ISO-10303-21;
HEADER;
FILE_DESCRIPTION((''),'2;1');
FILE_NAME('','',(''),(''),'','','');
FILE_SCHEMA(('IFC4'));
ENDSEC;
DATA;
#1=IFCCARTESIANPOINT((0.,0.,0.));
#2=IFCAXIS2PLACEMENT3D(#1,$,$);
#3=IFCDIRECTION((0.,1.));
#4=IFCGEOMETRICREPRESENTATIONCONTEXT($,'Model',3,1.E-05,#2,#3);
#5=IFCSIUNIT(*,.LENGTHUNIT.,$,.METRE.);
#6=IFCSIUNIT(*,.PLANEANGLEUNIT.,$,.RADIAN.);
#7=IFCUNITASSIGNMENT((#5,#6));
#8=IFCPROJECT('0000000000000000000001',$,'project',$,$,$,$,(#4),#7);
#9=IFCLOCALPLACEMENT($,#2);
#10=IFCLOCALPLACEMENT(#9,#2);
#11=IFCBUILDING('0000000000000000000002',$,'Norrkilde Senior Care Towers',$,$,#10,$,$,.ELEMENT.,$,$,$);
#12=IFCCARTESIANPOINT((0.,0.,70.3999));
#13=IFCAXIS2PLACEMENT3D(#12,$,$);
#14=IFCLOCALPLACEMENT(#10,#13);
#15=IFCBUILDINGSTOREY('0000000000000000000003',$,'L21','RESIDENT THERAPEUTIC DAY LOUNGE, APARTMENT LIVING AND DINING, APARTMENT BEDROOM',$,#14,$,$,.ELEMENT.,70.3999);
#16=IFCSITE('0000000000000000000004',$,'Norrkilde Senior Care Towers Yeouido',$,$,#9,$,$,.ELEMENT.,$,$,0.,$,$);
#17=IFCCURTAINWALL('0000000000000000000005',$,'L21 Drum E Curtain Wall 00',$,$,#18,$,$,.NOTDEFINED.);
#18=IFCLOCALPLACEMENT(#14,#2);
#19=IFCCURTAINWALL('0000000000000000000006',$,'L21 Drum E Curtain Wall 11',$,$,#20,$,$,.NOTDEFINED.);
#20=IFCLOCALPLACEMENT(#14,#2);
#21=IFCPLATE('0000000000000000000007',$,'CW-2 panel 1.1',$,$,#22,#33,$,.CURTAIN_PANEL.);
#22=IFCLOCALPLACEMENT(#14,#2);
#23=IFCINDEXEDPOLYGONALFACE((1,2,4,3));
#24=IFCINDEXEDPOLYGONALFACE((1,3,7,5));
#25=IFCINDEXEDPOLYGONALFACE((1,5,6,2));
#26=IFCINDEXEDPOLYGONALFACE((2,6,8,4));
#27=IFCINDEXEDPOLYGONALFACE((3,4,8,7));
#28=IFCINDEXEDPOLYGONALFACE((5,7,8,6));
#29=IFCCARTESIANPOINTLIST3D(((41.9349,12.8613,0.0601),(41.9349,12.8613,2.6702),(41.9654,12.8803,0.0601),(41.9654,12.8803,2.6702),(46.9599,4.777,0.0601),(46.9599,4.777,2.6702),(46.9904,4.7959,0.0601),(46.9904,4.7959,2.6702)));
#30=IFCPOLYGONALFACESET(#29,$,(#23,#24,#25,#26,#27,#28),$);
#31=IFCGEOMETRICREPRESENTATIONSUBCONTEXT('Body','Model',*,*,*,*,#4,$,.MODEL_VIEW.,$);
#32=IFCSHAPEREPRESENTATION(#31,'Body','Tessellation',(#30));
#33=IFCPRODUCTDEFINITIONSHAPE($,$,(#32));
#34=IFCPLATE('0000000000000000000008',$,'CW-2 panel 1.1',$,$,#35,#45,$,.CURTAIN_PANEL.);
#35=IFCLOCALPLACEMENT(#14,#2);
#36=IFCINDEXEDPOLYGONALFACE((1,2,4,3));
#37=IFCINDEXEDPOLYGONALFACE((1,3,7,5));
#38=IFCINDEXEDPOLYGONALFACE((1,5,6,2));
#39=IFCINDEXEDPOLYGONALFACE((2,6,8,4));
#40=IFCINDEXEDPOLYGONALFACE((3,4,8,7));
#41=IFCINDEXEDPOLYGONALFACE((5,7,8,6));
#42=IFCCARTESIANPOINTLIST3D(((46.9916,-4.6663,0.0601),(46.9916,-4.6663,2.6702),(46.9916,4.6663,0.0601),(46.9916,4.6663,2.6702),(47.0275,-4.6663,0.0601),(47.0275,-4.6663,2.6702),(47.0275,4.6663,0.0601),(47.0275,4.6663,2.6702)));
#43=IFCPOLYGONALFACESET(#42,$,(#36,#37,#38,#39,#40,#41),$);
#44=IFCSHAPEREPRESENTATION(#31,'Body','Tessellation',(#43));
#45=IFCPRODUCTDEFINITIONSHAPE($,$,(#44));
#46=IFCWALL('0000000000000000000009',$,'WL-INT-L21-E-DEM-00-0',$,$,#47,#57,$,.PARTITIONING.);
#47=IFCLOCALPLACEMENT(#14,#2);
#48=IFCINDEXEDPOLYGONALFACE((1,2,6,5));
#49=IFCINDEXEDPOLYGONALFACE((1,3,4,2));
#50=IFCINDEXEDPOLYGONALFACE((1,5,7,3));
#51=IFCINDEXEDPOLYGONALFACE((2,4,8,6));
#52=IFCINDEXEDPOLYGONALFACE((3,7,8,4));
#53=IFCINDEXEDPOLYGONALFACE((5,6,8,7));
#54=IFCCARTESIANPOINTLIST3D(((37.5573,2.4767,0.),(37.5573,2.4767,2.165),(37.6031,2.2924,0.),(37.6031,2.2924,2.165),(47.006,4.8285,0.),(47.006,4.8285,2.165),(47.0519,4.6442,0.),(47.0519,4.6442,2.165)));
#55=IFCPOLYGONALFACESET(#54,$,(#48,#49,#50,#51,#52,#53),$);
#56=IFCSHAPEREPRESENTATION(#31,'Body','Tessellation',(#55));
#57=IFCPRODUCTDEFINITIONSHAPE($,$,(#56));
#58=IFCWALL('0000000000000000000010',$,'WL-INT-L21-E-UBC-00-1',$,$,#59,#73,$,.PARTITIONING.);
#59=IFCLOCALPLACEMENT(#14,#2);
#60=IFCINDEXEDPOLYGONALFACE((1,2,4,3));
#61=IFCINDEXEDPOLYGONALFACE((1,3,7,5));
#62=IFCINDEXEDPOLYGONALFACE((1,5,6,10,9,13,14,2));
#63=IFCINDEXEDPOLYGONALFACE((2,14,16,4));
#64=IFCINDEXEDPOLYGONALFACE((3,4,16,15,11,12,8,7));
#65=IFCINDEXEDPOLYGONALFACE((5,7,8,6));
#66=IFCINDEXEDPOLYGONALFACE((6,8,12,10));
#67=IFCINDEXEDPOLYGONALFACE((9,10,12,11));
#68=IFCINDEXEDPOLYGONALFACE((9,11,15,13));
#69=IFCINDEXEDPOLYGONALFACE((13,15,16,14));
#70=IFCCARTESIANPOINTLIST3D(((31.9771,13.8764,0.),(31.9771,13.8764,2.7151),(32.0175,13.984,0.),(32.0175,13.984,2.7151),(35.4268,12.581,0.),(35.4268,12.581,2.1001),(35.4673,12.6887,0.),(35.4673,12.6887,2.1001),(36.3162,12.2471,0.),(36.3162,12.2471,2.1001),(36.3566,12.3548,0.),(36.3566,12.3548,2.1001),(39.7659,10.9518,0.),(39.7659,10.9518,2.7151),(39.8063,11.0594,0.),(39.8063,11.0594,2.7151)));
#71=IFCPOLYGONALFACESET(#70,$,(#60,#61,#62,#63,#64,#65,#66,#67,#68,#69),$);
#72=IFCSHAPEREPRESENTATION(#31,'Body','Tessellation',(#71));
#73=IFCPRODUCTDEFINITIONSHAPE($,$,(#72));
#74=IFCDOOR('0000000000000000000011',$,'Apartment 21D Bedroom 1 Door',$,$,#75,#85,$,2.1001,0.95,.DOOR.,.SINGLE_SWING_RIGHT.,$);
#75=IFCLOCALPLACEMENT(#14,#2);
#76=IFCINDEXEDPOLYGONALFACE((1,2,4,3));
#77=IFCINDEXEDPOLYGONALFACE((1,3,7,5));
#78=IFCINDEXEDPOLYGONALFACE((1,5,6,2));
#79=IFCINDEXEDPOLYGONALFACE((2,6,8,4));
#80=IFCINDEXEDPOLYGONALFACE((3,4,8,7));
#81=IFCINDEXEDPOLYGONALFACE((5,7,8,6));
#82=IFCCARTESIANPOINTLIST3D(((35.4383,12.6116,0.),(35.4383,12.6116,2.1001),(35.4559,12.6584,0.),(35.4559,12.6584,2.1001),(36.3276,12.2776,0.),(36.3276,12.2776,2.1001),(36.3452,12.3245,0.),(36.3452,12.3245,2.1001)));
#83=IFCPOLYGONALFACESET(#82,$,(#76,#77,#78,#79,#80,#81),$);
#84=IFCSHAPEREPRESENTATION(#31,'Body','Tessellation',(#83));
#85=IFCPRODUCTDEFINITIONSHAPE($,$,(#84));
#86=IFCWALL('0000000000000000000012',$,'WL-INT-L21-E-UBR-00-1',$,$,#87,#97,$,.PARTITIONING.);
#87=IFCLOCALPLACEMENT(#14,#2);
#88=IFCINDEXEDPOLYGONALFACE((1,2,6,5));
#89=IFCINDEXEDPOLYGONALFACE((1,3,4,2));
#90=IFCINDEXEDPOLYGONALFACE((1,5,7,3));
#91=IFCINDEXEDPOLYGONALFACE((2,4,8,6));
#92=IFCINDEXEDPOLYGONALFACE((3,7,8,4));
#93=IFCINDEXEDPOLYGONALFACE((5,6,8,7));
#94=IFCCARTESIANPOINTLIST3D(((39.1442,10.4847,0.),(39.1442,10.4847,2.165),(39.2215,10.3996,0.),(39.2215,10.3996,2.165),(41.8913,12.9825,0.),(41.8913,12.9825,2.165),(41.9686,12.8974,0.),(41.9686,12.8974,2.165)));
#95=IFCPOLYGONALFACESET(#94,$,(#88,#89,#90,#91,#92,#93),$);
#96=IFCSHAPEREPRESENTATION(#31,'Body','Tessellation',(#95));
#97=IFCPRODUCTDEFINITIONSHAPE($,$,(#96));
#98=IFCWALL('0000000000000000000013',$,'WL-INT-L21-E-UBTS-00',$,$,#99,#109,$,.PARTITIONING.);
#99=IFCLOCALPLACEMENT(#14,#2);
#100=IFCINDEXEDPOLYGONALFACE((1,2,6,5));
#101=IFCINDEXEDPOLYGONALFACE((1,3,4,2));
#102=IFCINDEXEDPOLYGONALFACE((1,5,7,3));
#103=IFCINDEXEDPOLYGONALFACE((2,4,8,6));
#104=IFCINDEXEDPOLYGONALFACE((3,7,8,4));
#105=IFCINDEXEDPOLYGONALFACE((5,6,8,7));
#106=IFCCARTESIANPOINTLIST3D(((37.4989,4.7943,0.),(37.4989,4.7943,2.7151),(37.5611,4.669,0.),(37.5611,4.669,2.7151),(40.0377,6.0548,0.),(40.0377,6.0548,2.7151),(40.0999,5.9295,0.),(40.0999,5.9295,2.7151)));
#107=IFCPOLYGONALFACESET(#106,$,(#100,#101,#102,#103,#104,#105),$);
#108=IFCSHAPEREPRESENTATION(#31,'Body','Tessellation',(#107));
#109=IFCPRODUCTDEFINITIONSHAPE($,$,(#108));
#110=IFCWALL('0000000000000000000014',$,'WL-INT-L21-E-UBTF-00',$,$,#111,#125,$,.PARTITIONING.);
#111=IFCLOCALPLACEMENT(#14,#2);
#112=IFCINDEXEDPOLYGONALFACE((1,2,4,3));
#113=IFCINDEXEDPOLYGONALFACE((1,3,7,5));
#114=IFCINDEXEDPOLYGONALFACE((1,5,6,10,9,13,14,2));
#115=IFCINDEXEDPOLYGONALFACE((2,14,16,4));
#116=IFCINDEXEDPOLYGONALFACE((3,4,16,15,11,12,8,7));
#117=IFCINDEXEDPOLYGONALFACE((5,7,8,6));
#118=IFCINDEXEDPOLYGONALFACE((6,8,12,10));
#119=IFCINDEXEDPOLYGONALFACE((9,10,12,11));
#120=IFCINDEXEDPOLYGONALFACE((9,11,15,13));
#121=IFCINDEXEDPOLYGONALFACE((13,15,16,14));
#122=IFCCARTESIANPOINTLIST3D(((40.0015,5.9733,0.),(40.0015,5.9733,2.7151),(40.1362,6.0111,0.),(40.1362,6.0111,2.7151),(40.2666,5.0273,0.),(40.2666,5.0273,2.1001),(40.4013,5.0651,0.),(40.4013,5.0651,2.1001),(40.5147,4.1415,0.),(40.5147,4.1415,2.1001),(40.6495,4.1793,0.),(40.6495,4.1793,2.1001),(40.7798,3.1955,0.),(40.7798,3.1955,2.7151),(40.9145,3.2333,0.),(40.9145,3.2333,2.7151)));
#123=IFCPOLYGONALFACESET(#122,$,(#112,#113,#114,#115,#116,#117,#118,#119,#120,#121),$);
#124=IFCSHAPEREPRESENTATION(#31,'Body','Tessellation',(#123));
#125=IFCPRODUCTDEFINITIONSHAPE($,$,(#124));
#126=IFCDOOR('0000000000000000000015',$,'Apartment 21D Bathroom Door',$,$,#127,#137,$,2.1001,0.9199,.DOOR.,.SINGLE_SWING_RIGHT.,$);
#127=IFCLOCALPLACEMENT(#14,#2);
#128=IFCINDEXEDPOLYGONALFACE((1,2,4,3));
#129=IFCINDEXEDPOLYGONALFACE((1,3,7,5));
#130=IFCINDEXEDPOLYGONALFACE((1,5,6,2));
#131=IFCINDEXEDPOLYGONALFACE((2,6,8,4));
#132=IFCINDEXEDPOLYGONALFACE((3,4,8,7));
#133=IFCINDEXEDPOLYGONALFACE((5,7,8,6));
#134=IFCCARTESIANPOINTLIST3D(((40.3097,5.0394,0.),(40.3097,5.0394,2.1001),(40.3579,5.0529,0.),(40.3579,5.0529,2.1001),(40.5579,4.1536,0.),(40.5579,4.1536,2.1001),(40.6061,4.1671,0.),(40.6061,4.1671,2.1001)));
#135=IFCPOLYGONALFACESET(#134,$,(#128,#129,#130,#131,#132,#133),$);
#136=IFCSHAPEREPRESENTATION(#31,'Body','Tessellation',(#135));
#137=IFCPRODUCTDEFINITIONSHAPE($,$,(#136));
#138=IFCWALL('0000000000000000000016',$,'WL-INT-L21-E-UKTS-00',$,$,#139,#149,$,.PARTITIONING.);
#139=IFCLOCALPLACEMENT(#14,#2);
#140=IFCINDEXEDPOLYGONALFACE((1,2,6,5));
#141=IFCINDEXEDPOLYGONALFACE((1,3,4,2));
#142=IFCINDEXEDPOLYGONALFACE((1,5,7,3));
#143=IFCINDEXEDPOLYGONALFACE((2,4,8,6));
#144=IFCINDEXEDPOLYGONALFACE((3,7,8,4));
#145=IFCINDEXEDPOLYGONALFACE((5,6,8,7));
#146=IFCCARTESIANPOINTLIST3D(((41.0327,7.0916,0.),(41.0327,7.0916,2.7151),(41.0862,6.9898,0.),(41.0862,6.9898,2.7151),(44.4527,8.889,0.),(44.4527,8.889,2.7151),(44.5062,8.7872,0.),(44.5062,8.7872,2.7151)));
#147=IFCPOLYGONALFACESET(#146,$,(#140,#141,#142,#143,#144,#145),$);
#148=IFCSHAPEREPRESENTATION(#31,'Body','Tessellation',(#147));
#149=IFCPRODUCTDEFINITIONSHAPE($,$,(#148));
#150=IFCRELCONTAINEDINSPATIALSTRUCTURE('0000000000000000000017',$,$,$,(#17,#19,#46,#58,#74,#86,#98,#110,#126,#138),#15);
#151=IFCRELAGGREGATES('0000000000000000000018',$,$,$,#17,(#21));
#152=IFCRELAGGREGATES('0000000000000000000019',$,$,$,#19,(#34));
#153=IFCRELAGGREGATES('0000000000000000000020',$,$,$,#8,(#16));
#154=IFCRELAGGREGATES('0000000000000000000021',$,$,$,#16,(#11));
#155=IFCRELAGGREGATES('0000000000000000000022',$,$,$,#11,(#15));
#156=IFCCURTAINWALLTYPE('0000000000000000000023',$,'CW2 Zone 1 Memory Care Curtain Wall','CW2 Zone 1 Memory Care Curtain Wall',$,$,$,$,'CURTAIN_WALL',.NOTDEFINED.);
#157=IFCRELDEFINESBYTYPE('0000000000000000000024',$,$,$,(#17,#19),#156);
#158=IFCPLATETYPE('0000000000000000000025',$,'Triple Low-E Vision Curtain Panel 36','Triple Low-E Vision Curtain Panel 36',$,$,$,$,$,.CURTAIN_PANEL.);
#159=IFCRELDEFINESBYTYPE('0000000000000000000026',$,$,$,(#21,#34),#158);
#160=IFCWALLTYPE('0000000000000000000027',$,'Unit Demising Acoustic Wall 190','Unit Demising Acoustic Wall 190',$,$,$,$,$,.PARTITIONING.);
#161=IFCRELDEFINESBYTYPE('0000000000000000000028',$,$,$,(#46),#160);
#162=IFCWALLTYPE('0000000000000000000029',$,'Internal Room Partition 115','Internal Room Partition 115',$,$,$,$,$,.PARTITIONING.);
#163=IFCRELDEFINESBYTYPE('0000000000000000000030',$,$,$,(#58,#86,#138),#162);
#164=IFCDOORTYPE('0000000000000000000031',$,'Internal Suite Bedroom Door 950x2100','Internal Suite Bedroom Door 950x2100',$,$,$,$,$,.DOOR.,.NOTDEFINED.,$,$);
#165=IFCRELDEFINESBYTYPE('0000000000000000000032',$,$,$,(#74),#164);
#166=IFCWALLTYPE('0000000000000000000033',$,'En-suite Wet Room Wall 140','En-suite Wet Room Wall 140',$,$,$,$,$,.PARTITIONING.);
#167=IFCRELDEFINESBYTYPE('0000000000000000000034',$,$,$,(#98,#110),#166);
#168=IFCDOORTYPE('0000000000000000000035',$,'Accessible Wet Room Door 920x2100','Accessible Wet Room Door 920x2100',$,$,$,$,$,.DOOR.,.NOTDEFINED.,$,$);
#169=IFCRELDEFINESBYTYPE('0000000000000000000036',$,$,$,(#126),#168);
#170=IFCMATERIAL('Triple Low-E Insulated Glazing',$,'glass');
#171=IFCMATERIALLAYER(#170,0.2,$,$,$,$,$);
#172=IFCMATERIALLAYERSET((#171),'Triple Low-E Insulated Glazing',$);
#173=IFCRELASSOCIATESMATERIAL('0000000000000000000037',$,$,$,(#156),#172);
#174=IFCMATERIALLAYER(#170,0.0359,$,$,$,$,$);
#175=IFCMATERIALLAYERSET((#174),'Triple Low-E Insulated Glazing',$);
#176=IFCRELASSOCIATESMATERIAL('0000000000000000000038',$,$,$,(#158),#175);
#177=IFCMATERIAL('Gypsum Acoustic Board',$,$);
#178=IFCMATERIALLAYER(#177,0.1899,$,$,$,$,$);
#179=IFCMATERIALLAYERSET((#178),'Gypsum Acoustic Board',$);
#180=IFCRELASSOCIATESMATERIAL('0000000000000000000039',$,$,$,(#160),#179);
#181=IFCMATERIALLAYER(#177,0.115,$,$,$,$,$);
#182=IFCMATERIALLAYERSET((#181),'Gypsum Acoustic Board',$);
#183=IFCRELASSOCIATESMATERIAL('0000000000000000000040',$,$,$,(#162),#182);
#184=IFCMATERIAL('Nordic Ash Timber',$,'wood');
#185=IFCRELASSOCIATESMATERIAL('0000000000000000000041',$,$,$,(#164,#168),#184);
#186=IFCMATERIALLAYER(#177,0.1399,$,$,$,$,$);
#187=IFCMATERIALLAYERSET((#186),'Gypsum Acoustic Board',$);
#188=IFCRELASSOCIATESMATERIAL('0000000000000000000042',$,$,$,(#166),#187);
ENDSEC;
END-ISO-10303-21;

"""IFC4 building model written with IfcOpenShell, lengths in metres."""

from ifc_helpers import new_model, si_unit, direction, frame, frame_2d, origin, origin_2d, place, context, subcontext, project, spatial, rectangle, extrude, source, transform, mapped, material, layer, layer_set, type_object, type_shapes, element, fill, aggregate, save


model = new_model("IFC4")

# Units and contexts
model_context = context("Model", 3, precision=1e-05, world=origin(), true_north=direction((0.0, 1.0)))
body_context = subcontext(model_context, "Body", "Model", "MODEL_VIEW")
ifc_project = project(units=[si_unit("LENGTHUNIT", "METRE"), si_unit("PLANEANGLEUNIT", "RADIAN")], contexts=[model_context])

# Site, building, storey
site_placement = place(None, origin())
site = spatial("IfcSite", under=ifc_project, at=site_placement, Name="Norrkilde Senior Care Towers Yeouido", CompositionType="ELEMENT", RefElevation=0.0)
building_placement = place(site_placement, origin())
building = spatial("IfcBuilding", under=site, at=building_placement, Name="Norrkilde Senior Care Towers", CompositionType="ELEMENT")
storey_placement = place(building_placement, frame((0.0, 0.0, 70.3999)))
storey = spatial("IfcBuildingStorey", under=building, at=storey_placement, Name="L21", Description="RESIDENT THERAPEUTIC DAY LOUNGE, APARTMENT LIVING AND DINING, APARTMENT BEDROOM", CompositionType="ELEMENT", Elevation=70.3999)

# Curtain walls
ifc_material_1 = material(Name="Triple Low-E Insulated Glazing", Category="glass")
ifc_layer_1 = layer(ifc_material_1, 0.2)
ifc_layer_set_1 = layer_set([ifc_layer_1], Name="Triple Low-E Insulated Glazing")
curtain_wall_type = type_object("IfcCurtainWallType", Name="CW2 Zone 1 Memory Care Curtain Wall", Description="CW2 Zone 1 Memory Care Curtain Wall", ElementType="CURTAIN_WALL", PredefinedType="NOTDEFINED", material=ifc_layer_set_1)
curtain_wall_1_placement = place(storey_placement, origin())
curtain_wall_1 = element("IfcCurtainWall", 1, at=curtain_wall_1_placement, inside=storey, type_object=curtain_wall_type, Name="L21 Drum E Curtain Wall 00", PredefinedType="NOTDEFINED")
curtain_wall_2_placement = place(storey_placement, origin())
curtain_wall_2 = element("IfcCurtainWall", 2, at=curtain_wall_2_placement, inside=storey, type_object=curtain_wall_type, Name="L21 Drum E Curtain Wall 11", PredefinedType="NOTDEFINED")

# Plates
ifc_layer_2 = layer(ifc_material_1, 0.0359)
ifc_layer_set_2 = layer_set([ifc_layer_2], Name="Triple Low-E Insulated Glazing")
plate_type = type_object("IfcPlateType", Name="Triple Low-E Vision Curtain Panel 36", Description="Triple Low-E Vision Curtain Panel 36", PredefinedType="CURTAIN_PANEL", material=ifc_layer_set_2)
shared_shape_1 = source(origin(), body_context, "Body", "SweptSolid", [
    extrude(rectangle(XDim=9.5188, YDim=0.0359, at=origin_2d()), origin(), (0.0, 0.0, 1.0), 2.6101),
])
plate_1_placement = place(storey_placement, frame((44.4626, 8.8286, 0.0601), z_axis=(0.0, 0.0, 1.0), x_axis=(0.527901, -0.849306, 0.0)))
plate_1 = element("IfcPlate", 3, at=plate_1_placement, type_object=plate_type, Name="CW-2 panel 1.1", PredefinedType="CURTAIN_PANEL", context=body_context, shape_type="MappedRepresentation", body=[
    mapped(shared_shape_1, transform((0.0, 0.0, 0.0), x_axis=(1.0, 0.0, 0.0), y_axis=(0.0, 1.0, 0.0), z_axis=(0.0, 0.0, 1.0), scale=1.0)),
])
aggregate(curtain_wall_1, [plate_1])
shared_shape_2 = source(origin(), body_context, "Body", "SweptSolid", [
    extrude(rectangle(XDim=9.3325, YDim=0.0359, at=origin_2d()), origin(), (0.0, 0.0, 1.0), 2.6101),
])
plate_2_placement = place(storey_placement, frame((47.0095, 0.0, 0.0601), z_axis=(0.0, 0.0, 1.0), x_axis=(0.0, -1.0, 0.0)))
plate_2 = element("IfcPlate", 4, at=plate_2_placement, type_object=plate_type, Name="CW-2 panel 1.1", PredefinedType="CURTAIN_PANEL", context=body_context, shape_type="MappedRepresentation", body=[
    mapped(shared_shape_2, transform((0.0, 0.0, 0.0), x_axis=(1.0, 0.0, 0.0), y_axis=(0.0, 1.0, 0.0), z_axis=(0.0, 0.0, 1.0), scale=1.0)),
])
aggregate(curtain_wall_2, [plate_2])

# Wall
ifc_material_2 = material(Name="Gypsum Acoustic Board")
ifc_layer_3 = layer(ifc_material_2, 0.1899)
ifc_layer_set_3 = layer_set([ifc_layer_3], Name="Gypsum Acoustic Board")
wall_type_1 = type_object("IfcWallType", Name="Unit Demising Acoustic Wall 190", Description="Unit Demising Acoustic Wall 190", PredefinedType="PARTITIONING", material=ifc_layer_set_3)
shared_shape_3 = source(origin(), body_context, "Body", "SweptSolid", [
    extrude(rectangle(XDim=9.7371, YDim=0.1899, at=frame_2d((4.8687, 0.0))), origin(), (0.0, 0.0, 1.0), 2.165),
])
type_shapes(wall_type_1, [shared_shape_3])
wall_1_placement = place(storey_placement, frame((37.5801, 2.3845, 0.0), z_axis=(0.0, 0.0, 1.0), x_axis=(0.970393, 0.241533, 0.0)))
element("IfcWall", 5, at=wall_1_placement, inside=storey, type_object=wall_type_1, Name="WL-INT-L21-E-DEM-00-0", PredefinedType="PARTITIONING", context=body_context, shape_type="MappedRepresentation", body=[
    mapped(shared_shape_3, transform((0.0, 0.0, 0.0), x_axis=(1.0, 0.0, 0.0), y_axis=(0.0, 1.0, 0.0), z_axis=(0.0, 0.0, 1.0), scale=1.0)),
])

# Wall, opening, door
ifc_layer_4 = layer(ifc_material_2, 0.115)
ifc_layer_set_4 = layer_set([ifc_layer_4], Name="Gypsum Acoustic Board")
wall_type_2 = type_object("IfcWallType", Name="Internal Room Partition 115", Description="Internal Room Partition 115", PredefinedType="PARTITIONING", material=ifc_layer_set_4)
shared_shape_4 = source(origin(), body_context, "Body", "SweptSolid", [
    extrude(rectangle(XDim=8.3198, YDim=0.115, at=frame_2d((4.1599, 0.0))), origin(), (0.0, 0.0, 1.0), 2.7151),
])
wall_2_placement = place(storey_placement, frame((39.7861, 11.0056, 0.0), z_axis=(0.0, 0.0, 1.0), x_axis=(-0.936181, 0.351519, 0.0)))
wall_2 = element("IfcWall", 6, at=wall_2_placement, inside=storey, type_object=wall_type_2, Name="WL-INT-L21-E-UBC-00-1", PredefinedType="PARTITIONING", context=body_context, shape_type="MappedRepresentation", body=[
    mapped(shared_shape_4, transform((0.0, 0.0, 0.0), x_axis=(1.0, 0.0, 0.0), y_axis=(0.0, 1.0, 0.0), z_axis=(0.0, 0.0, 1.0), scale=1.0)),
])
opening_1_placement = place(wall_2_placement, frame((3.6848, 0.0, 0.0)))
opening_1 = element("IfcOpeningElement", 7, at=opening_1_placement, cuts=wall_2, PredefinedType="OPENING", context=body_context, shape_type="SweptSolid", body=[
    extrude(rectangle(XDim=0.95, YDim=2.1001, at=frame_2d((0.4751, 1.05))), frame((0.0, 0.0674, 0.0), z_axis=(0.0, -1.0, 0.0), x_axis=(1.0, 0.0, 0.0)), (0.0, 0.0, 1.0), 0.135),
])
ifc_material_3 = material(Name="Nordic Ash Timber", Category="wood")
door_type_1 = type_object("IfcDoorType", Name="Internal Suite Bedroom Door 950x2100", Description="Internal Suite Bedroom Door 950x2100", OperationType="NOTDEFINED", PredefinedType="DOOR", material=ifc_material_3)
shared_shape_5 = source(origin(), body_context, "Body", "SweptSolid", [
    extrude(rectangle(XDim=0.95, YDim=2.1001, at=frame_2d((0.4751, 1.05))), frame((0.0, 0.0249, 0.0), z_axis=(0.0, -1.0, 0.0), x_axis=(1.0, 0.0, 0.0)), (0.0, 0.0, 1.0), 0.05),
])
type_shapes(door_type_1, [shared_shape_5])
door_1_placement = place(opening_1_placement, origin())
door_1 = element("IfcDoor", 8, at=door_1_placement, inside=storey, type_object=door_type_1, Name="Apartment 21D Bedroom 1 Door", OperationType="SINGLE_SWING_RIGHT", OverallHeight=2.1001, OverallWidth=0.95, PredefinedType="DOOR", context=body_context, shape_type="MappedRepresentation", body=[
    mapped(shared_shape_5, transform((0.0, 0.0, 0.0), x_axis=(1.0, 0.0, 0.0), y_axis=(0.0, 1.0, 0.0), z_axis=(0.0, 0.0, 1.0), scale=1.0)),
])
fill(opening_1, door_1)

# Walls
shared_shape_6 = source(origin(), body_context, "Body", "SweptSolid", [
    extrude(rectangle(XDim=3.7129, YDim=0.115, at=frame_2d((1.8564, 0.0))), origin(), (0.0, 0.0, 1.0), 2.165),
])
wall_3_placement = place(storey_placement, frame((39.1829, 10.4421, 0.0), z_axis=(0.0, 0.0, 1.0), x_axis=(0.739878, 0.672742, 0.0)))
element("IfcWall", 9, at=wall_3_placement, inside=storey, type_object=wall_type_2, Name="WL-INT-L21-E-UBR-00-1", PredefinedType="PARTITIONING", context=body_context, shape_type="MappedRepresentation", body=[
    mapped(shared_shape_6, transform((0.0, 0.0, 0.0), x_axis=(1.0, 0.0, 0.0), y_axis=(0.0, 1.0, 0.0), z_axis=(0.0, 0.0, 1.0), scale=1.0)),
])
ifc_layer_5 = layer(ifc_material_2, 0.1399)
ifc_layer_set_5 = layer_set([ifc_layer_5], Name="Gypsum Acoustic Board")
wall_type_3 = type_object("IfcWallType", Name="En-suite Wet Room Wall 140", Description="En-suite Wet Room Wall 140", PredefinedType="PARTITIONING", material=ifc_layer_set_5)
shared_shape_7 = source(origin(), body_context, "Body", "SweptSolid", [
    extrude(rectangle(XDim=2.8345, YDim=0.1399, at=frame_2d((1.4172, 0.0))), origin(), (0.0, 0.0, 1.0), 2.7151),
])
wall_4_placement = place(storey_placement, frame((37.53, 4.7317, 0.0), z_axis=(0.0, 0.0, 1.0), x_axis=(0.895681, 0.444697, 0.0)))
element("IfcWall", 10, at=wall_4_placement, inside=storey, type_object=wall_type_3, Name="WL-INT-L21-E-UBTS-00", PredefinedType="PARTITIONING", context=body_context, shape_type="MappedRepresentation", body=[
    mapped(shared_shape_7, transform((0.0, 0.0, 0.0), x_axis=(1.0, 0.0, 0.0), y_axis=(0.0, 1.0, 0.0), z_axis=(0.0, 0.0, 1.0), scale=1.0)),
])

# Wall, opening, door
shared_shape_8 = source(origin(), body_context, "Body", "SweptSolid", [
    extrude(rectangle(XDim=2.8848, YDim=0.1399, at=frame_2d((1.4424, 0.0))), origin(), (0.0, 0.0, 1.0), 2.7151),
])
type_shapes(wall_type_3, [shared_shape_7, shared_shape_8])
wall_5_placement = place(storey_placement, frame((40.0688, 5.9922, 0.0), z_axis=(0.0, 0.0, 1.0), x_axis=(0.269799, -0.962917, 0.0)))
wall_5 = element("IfcWall", 11, at=wall_5_placement, inside=storey, type_object=wall_type_3, Name="WL-INT-L21-E-UBTF-00", PredefinedType="PARTITIONING", context=body_context, shape_type="MappedRepresentation", body=[
    mapped(shared_shape_8, transform((0.0, 0.0, 0.0), x_axis=(1.0, 0.0, 0.0), y_axis=(0.0, 1.0, 0.0), z_axis=(0.0, 0.0, 1.0), scale=1.0)),
])
opening_2_placement = place(wall_5_placement, frame((0.9824, 0.0, 0.0)))
opening_2 = element("IfcOpeningElement", 12, at=opening_2_placement, cuts=wall_5, PredefinedType="OPENING", context=body_context, shape_type="SweptSolid", body=[
    extrude(rectangle(XDim=0.9199, YDim=2.1001, at=frame_2d((0.46, 1.05))), frame((0.0, 0.0798, 0.0), z_axis=(0.0, -1.0, 0.0), x_axis=(1.0, 0.0, 0.0)), (0.0, 0.0, 1.0), 0.1599),
])
door_type_2 = type_object("IfcDoorType", Name="Accessible Wet Room Door 920x2100", Description="Accessible Wet Room Door 920x2100", OperationType="NOTDEFINED", PredefinedType="DOOR", material=ifc_material_3)
shared_shape_9 = source(origin(), body_context, "Body", "SweptSolid", [
    extrude(rectangle(XDim=0.9199, YDim=2.1001, at=frame_2d((0.46, 1.05))), frame((0.0, 0.0249, 0.0), z_axis=(0.0, -1.0, 0.0), x_axis=(1.0, 0.0, 0.0)), (0.0, 0.0, 1.0), 0.05),
])
type_shapes(door_type_2, [shared_shape_9])
door_2_placement = place(opening_2_placement, origin())
door_2 = element("IfcDoor", 13, at=door_2_placement, inside=storey, type_object=door_type_2, Name="Apartment 21D Bathroom Door", OperationType="SINGLE_SWING_RIGHT", OverallHeight=2.1001, OverallWidth=0.9199, PredefinedType="DOOR", context=body_context, shape_type="MappedRepresentation", body=[
    mapped(shared_shape_9, transform((0.0, 0.0, 0.0), x_axis=(1.0, 0.0, 0.0), y_axis=(0.0, 1.0, 0.0), z_axis=(0.0, 0.0, 1.0), scale=1.0)),
])
fill(opening_2, door_2)

# Wall
shared_shape_10 = source(origin(), body_context, "Body", "SweptSolid", [
    extrude(rectangle(XDim=3.8635, YDim=0.115, at=frame_2d((1.9316, 0.0))), origin(), (0.0, 0.0, 1.0), 2.7151),
])
wall_6_placement = place(storey_placement, frame((41.0596, 7.0408, 0.0), z_axis=(0.0, 0.0, 1.0), x_axis=(0.885195, 0.46522, 0.0)))
element("IfcWall", 14, at=wall_6_placement, inside=storey, type_object=wall_type_2, Name="WL-INT-L21-E-UKTS-00", PredefinedType="PARTITIONING", context=body_context, shape_type="MappedRepresentation", body=[
    mapped(shared_shape_10, transform((0.0, 0.0, 0.0), x_axis=(1.0, 0.0, 0.0), y_axis=(0.0, 1.0, 0.0), z_axis=(0.0, 0.0, 1.0), scale=1.0)),
])

save(model, "model.ifc")
